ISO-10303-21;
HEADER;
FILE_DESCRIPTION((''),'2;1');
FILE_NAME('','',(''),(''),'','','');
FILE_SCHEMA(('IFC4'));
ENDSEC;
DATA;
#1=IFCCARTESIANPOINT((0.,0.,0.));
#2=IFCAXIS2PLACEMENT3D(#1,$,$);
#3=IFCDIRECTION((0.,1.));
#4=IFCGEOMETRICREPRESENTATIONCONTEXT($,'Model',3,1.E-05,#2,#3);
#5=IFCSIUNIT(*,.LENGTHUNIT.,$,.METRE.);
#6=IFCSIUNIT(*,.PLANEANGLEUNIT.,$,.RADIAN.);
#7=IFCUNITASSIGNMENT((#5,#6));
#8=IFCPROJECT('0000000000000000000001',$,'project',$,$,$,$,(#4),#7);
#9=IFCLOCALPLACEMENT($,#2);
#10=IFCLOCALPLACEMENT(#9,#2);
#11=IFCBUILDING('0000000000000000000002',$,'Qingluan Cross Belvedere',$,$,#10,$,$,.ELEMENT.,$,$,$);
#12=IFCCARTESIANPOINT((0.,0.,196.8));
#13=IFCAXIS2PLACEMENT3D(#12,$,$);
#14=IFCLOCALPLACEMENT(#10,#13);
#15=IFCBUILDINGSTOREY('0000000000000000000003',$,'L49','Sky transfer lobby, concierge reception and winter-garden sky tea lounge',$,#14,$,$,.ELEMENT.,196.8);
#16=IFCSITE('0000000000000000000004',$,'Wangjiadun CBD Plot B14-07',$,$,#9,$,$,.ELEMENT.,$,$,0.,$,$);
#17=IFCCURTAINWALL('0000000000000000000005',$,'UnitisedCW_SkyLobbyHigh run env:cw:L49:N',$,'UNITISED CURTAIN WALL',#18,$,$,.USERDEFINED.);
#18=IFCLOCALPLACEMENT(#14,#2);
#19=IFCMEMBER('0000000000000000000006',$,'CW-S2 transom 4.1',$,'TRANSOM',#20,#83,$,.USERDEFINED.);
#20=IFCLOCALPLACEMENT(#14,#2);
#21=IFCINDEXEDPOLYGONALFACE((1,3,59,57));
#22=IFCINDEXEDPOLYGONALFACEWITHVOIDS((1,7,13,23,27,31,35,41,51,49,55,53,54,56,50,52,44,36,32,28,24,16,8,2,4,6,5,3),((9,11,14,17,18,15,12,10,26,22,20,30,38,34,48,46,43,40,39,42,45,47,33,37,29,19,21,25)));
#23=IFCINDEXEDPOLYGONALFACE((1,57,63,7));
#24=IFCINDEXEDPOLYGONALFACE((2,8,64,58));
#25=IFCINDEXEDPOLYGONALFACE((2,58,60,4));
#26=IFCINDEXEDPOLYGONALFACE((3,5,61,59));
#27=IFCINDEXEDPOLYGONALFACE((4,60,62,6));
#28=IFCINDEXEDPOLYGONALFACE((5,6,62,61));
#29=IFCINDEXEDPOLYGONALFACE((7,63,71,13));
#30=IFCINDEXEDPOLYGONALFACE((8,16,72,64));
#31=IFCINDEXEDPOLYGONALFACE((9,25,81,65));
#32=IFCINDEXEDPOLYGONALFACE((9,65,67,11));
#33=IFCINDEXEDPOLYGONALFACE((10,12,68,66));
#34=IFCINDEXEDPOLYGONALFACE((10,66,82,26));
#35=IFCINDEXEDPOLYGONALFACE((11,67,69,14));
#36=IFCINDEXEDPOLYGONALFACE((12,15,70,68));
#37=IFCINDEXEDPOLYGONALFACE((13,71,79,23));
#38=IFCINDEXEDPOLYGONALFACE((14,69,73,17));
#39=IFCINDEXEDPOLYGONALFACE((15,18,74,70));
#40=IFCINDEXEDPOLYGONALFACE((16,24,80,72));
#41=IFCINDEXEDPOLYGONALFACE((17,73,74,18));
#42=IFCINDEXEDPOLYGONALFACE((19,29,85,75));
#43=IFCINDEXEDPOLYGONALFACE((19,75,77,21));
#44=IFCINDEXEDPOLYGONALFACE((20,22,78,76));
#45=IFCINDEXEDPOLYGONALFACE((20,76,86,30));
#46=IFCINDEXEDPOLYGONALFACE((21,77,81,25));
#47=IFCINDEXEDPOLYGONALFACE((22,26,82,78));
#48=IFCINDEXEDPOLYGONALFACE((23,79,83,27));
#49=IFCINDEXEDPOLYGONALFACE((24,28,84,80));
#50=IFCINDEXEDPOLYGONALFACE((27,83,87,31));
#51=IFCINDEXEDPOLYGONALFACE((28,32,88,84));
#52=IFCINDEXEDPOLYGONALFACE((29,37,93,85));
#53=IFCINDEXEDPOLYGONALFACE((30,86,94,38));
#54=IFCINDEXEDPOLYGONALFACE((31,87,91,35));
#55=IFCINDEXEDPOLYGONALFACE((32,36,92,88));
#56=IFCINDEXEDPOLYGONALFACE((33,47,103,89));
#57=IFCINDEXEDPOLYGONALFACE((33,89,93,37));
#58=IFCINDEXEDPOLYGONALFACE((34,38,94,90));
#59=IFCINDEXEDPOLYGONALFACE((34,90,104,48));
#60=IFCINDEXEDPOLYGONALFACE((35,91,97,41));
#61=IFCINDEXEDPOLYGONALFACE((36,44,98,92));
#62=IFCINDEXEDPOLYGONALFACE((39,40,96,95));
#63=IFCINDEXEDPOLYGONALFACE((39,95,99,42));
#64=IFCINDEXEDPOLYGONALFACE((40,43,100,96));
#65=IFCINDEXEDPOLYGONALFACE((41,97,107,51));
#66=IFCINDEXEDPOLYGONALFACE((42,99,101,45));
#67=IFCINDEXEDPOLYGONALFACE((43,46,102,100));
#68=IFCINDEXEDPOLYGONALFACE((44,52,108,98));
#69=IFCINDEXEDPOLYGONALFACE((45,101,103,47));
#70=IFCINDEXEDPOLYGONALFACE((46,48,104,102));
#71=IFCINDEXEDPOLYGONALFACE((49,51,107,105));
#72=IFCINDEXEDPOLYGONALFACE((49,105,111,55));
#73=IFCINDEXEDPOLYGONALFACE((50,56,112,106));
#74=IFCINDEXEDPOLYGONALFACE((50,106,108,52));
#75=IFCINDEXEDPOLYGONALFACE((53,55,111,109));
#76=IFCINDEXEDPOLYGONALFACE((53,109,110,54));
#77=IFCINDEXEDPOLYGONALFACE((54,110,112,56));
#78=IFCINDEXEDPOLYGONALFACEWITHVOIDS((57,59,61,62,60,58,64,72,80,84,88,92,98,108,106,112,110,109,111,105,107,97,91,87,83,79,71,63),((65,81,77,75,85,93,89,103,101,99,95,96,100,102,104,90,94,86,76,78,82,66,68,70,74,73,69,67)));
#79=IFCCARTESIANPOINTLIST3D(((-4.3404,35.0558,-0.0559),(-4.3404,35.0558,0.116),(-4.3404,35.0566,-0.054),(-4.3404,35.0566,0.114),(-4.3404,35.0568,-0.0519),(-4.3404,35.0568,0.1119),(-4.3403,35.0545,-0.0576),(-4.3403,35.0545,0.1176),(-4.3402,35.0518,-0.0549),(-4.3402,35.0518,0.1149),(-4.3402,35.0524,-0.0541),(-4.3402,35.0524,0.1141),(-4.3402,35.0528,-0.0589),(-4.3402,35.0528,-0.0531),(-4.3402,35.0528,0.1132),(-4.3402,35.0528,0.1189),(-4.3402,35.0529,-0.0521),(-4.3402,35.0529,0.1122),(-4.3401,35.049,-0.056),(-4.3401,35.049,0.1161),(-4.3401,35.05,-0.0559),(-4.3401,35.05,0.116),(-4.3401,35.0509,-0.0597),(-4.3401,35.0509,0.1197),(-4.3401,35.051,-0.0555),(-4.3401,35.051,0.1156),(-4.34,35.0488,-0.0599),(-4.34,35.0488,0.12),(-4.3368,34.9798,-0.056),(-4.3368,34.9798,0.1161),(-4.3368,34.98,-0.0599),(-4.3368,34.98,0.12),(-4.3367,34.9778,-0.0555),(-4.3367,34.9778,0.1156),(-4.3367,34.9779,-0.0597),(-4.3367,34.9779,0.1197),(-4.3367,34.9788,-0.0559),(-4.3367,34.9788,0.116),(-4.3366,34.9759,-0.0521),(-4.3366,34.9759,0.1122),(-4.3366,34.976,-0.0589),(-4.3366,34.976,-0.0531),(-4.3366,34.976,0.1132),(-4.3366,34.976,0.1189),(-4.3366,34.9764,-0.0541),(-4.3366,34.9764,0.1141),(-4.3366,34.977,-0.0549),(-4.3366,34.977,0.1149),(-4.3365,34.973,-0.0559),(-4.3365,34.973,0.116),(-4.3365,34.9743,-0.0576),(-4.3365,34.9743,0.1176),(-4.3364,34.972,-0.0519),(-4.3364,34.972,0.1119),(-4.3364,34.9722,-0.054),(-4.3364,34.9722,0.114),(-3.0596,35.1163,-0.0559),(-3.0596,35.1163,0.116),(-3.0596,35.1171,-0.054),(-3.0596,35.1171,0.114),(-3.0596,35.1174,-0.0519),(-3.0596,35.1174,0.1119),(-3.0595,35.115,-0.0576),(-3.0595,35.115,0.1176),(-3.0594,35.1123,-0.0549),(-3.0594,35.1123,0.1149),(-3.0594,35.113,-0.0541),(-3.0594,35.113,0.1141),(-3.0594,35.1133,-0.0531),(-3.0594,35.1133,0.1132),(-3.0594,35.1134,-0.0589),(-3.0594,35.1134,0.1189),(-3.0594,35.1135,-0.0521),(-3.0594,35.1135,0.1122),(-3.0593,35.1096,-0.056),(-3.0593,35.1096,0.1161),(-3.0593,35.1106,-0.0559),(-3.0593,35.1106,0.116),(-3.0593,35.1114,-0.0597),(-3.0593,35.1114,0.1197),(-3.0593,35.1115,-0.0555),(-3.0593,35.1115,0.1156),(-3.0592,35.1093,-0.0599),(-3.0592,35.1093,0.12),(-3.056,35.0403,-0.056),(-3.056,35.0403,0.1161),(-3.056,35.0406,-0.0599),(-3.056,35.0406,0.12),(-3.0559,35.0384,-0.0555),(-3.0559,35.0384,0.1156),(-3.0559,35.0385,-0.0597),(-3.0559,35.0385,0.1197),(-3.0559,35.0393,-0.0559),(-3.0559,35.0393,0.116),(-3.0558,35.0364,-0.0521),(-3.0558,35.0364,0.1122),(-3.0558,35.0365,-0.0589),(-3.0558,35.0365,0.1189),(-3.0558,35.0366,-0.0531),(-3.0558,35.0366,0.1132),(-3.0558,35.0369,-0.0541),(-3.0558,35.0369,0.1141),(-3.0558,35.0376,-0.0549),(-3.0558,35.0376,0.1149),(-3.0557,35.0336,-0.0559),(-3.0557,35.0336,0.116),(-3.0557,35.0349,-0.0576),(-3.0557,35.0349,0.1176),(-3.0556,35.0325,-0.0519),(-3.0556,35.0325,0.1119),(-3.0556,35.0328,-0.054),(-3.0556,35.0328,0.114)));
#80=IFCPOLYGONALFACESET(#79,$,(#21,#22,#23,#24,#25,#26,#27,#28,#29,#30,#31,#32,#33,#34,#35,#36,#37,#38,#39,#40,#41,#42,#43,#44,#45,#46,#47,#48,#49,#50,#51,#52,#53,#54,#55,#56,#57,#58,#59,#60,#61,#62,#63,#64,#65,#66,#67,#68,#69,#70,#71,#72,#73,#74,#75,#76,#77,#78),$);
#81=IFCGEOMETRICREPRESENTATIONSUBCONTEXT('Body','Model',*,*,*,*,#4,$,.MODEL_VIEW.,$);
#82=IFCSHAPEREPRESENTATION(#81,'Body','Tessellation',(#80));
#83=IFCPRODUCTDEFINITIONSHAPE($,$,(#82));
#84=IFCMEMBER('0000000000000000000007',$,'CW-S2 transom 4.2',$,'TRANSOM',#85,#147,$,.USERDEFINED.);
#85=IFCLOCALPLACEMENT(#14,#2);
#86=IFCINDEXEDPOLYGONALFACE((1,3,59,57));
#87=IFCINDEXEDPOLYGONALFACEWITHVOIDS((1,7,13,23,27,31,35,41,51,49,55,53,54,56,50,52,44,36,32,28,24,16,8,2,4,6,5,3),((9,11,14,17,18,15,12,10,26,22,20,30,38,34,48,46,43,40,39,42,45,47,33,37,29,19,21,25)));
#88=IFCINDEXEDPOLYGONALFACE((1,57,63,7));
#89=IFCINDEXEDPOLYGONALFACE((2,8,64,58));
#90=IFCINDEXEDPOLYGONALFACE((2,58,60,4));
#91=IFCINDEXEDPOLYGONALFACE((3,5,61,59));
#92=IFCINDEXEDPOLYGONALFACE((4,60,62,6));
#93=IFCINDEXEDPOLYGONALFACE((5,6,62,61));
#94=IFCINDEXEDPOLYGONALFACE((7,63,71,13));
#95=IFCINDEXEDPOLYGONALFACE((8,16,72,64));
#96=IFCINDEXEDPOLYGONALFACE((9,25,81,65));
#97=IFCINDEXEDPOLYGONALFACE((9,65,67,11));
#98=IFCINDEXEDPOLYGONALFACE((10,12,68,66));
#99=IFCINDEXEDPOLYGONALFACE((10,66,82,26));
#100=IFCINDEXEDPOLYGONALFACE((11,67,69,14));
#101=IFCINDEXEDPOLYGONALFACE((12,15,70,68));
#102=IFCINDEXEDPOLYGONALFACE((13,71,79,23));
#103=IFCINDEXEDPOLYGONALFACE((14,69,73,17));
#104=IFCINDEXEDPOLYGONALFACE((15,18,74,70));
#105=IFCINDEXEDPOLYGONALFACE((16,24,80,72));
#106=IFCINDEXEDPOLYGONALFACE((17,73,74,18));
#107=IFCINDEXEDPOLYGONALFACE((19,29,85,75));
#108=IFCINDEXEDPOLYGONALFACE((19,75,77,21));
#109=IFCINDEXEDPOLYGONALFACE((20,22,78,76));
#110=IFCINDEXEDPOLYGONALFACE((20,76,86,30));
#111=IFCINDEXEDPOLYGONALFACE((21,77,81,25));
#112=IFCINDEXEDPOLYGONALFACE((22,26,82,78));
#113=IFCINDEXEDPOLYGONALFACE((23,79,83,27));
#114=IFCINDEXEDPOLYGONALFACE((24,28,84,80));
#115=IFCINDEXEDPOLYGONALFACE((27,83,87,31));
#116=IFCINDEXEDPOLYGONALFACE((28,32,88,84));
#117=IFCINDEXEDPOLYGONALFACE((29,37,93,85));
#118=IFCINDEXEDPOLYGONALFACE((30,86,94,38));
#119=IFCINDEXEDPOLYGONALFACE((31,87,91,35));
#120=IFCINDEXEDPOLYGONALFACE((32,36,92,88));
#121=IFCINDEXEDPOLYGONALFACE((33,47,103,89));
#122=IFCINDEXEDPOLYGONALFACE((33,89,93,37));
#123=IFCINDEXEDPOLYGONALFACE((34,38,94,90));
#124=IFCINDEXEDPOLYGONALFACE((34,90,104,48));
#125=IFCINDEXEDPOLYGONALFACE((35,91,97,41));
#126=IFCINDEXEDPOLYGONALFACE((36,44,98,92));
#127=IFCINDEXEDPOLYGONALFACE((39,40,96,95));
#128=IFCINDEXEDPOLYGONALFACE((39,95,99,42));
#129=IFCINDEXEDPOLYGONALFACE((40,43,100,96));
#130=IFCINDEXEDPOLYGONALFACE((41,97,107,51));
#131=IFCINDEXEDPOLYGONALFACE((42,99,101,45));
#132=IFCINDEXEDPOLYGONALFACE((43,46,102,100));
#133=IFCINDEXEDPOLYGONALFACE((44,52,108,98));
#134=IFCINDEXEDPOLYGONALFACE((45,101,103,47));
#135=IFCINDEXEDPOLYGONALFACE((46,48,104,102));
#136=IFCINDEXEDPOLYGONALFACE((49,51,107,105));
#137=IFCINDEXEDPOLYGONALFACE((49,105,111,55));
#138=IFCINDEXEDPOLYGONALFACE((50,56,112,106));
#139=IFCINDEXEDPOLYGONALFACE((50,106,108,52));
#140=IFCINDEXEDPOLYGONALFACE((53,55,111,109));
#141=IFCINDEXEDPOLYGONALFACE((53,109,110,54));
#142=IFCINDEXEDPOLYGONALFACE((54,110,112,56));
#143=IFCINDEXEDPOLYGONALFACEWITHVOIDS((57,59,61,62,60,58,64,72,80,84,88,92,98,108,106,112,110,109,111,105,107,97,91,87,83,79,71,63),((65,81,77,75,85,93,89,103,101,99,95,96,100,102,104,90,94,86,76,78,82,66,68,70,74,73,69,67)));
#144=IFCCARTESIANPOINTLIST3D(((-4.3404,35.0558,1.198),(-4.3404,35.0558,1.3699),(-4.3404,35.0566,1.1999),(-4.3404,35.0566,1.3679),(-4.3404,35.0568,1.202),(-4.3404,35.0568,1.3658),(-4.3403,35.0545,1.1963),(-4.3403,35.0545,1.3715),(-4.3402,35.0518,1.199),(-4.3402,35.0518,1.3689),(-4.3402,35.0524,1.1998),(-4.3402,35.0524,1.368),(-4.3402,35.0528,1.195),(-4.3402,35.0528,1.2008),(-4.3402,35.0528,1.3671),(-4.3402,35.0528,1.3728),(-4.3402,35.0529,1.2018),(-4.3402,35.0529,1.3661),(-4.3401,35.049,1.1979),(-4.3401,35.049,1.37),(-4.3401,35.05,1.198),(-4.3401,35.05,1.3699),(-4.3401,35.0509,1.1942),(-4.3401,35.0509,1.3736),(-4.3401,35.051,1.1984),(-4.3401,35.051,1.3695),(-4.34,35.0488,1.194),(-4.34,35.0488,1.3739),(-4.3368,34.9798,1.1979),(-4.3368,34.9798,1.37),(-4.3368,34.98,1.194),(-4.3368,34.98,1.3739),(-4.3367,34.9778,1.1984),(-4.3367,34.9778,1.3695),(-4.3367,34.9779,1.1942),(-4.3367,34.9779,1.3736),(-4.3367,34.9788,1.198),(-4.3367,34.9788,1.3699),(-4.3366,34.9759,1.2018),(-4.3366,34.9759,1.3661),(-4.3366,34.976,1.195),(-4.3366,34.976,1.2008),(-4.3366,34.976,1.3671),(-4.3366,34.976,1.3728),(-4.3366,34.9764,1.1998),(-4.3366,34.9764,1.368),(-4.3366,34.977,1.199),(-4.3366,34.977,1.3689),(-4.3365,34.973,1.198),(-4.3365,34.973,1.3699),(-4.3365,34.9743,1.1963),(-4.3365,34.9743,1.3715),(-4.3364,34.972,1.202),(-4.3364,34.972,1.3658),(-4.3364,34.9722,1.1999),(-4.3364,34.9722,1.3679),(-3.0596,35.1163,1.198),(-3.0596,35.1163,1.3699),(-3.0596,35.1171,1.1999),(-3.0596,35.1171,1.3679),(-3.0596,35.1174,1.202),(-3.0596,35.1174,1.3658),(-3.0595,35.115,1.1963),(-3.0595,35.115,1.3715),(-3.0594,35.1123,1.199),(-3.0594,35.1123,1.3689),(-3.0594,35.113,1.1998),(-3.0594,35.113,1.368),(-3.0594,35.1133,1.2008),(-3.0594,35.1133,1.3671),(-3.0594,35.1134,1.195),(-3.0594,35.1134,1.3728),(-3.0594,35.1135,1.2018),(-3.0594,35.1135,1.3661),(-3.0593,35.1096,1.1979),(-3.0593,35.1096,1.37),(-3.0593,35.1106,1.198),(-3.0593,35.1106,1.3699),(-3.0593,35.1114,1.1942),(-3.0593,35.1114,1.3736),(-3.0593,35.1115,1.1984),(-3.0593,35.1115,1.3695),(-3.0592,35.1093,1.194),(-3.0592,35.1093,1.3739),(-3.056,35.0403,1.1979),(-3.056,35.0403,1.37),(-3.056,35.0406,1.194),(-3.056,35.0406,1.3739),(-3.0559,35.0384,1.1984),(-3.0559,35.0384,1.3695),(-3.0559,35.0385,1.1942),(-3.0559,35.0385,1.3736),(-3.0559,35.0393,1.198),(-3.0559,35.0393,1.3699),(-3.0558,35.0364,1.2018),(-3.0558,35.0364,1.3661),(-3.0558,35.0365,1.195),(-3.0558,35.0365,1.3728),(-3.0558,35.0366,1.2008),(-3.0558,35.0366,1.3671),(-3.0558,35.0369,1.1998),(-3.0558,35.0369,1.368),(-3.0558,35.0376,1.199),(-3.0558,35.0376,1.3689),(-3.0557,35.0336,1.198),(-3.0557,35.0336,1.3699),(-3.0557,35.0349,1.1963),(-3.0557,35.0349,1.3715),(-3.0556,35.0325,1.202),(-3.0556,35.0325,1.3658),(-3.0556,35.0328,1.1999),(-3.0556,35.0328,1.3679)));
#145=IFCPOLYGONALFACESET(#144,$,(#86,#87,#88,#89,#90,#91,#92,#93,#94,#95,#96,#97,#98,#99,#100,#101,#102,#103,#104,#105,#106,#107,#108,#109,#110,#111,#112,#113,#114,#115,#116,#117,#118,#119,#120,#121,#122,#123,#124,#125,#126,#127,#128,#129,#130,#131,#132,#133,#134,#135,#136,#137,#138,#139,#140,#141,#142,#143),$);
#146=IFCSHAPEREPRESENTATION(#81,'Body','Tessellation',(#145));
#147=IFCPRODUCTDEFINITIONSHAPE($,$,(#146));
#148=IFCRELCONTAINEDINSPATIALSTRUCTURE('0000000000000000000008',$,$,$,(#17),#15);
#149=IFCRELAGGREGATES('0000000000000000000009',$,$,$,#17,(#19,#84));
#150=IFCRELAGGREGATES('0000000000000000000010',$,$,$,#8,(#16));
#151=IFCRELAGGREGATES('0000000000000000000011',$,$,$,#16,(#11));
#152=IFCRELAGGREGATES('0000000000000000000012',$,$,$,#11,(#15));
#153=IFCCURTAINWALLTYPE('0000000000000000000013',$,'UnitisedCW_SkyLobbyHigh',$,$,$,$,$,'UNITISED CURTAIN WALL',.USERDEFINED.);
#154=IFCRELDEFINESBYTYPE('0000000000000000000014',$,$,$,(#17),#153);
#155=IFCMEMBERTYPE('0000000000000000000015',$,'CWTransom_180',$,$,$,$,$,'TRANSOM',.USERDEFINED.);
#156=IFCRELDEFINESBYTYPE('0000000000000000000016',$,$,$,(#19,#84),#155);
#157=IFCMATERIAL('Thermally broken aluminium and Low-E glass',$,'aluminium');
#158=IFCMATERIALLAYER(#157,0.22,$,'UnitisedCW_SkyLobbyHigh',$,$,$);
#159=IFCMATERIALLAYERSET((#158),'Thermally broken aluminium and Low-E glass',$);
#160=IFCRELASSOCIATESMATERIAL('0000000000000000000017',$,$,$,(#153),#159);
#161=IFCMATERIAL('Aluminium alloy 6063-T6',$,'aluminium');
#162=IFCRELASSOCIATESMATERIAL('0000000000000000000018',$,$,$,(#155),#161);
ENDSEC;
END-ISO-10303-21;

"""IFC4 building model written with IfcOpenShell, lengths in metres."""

from ifc_helpers import new_model, si_unit, direction, frame, origin, origin_2d, place, context, subcontext, project, spatial, hollow_rectangle, extrude, material, layer, layer_set, material_profile, profile_set, type_object, element, aggregate, save


model = new_model("IFC4")

# Units and contexts
model_context = context("Model", 3, precision=1e-05, world=origin(), true_north=direction((0.0, 1.0)))
body_context = subcontext(model_context, "Body", "Model", "MODEL_VIEW")
ifc_project = project(units=[si_unit("LENGTHUNIT", "METRE"), si_unit("PLANEANGLEUNIT", "RADIAN")], contexts=[model_context])

# Site, building, storey
site_placement = place(None, origin())
site = spatial("IfcSite", under=ifc_project, at=site_placement, Name="Wangjiadun CBD Plot B14-07", CompositionType="ELEMENT", RefElevation=0.0)
building_placement = place(site_placement, origin())
building = spatial("IfcBuilding", under=site, at=building_placement, Name="Qingluan Cross Belvedere", CompositionType="ELEMENT")
storey_placement = place(building_placement, frame((0.0, 0.0, 196.8)))
storey = spatial("IfcBuildingStorey", under=building, at=storey_placement, Name="L49", Description="Sky transfer lobby, concierge reception and winter-garden sky tea lounge", CompositionType="ELEMENT", Elevation=196.8)

# Curtain wall, members
ifc_material_1 = material(Name="Thermally broken aluminium and Low-E glass", Category="aluminium")
ifc_layer_1 = layer(ifc_material_1, 0.22, Name="UnitisedCW_SkyLobbyHigh")
ifc_layer_set_1 = layer_set([ifc_layer_1], Name="Thermally broken aluminium and Low-E glass")
curtain_wall_type = type_object("IfcCurtainWallType", Name="UnitisedCW_SkyLobbyHigh", ElementType="UNITISED CURTAIN WALL", PredefinedType="USERDEFINED", material=ifc_layer_set_1)
curtain_wall_placement = place(storey_placement, origin())
curtain_wall = element("IfcCurtainWall", 1, at=curtain_wall_placement, inside=storey, type_object=curtain_wall_type, Name="UnitisedCW_SkyLobbyHigh run env:cw:L49:N", ObjectType="UNITISED CURTAIN WALL", PredefinedType="USERDEFINED")
ifc_material_2 = material(Name="Aluminium alloy 6063-T6", Category="aluminium")
ifc_material_profile_1 = material_profile(ifc_material_2, hollow_rectangle(XDim=0.085, YDim=0.1799, WallThickness=0.0039, InnerFilletRadius=0.0039, OuterFilletRadius=0.0081, at=origin_2d()), Name="CWT180x85x4")
ifc_profile_set_1 = profile_set([ifc_material_profile_1], Name="Aluminium alloy 6063-T6")
member_type_1 = type_object("IfcMemberType", Name="CWTransom_180", ElementType="TRANSOM", PredefinedType="USERDEFINED", material=ifc_profile_set_1)
member_1_placement = place(storey_placement, frame((-3.0576, 35.075, 0.03), z_axis=(-0.998884, -0.047221, 0.0), x_axis=(0.047221, -0.998884, 0.0)))
member_1 = element("IfcMember", 2, at=member_1_placement, type_object=member_type_1, Name="CW-S2 transom 4.1", ObjectType="TRANSOM", PredefinedType="USERDEFINED", context=body_context, shape_type="SweptSolid", body=[
    extrude(hollow_rectangle(XDim=0.085, YDim=0.1799, WallThickness=0.0039, InnerFilletRadius=0.0039, OuterFilletRadius=0.0081, at=origin_2d()), origin(), (0.0, 0.0, 1.0), 1.2822),
])
member_2_placement = place(storey_placement, frame((-3.0576, 35.075, 1.2839), z_axis=(-0.998884, -0.047221, 0.0), x_axis=(0.047221, -0.998884, 0.0)))
member_2 = element("IfcMember", 3, at=member_2_placement, type_object=member_type_1, Name="CW-S2 transom 4.2", ObjectType="TRANSOM", PredefinedType="USERDEFINED", context=body_context, shape_type="SweptSolid", body=[
    extrude(hollow_rectangle(XDim=0.085, YDim=0.1799, WallThickness=0.0039, InnerFilletRadius=0.0039, OuterFilletRadius=0.0081, at=origin_2d()), origin(), (0.0, 0.0, 1.0), 1.2822),
])
aggregate(curtain_wall, [member_1, member_2])

save(model, "model.ifc")
